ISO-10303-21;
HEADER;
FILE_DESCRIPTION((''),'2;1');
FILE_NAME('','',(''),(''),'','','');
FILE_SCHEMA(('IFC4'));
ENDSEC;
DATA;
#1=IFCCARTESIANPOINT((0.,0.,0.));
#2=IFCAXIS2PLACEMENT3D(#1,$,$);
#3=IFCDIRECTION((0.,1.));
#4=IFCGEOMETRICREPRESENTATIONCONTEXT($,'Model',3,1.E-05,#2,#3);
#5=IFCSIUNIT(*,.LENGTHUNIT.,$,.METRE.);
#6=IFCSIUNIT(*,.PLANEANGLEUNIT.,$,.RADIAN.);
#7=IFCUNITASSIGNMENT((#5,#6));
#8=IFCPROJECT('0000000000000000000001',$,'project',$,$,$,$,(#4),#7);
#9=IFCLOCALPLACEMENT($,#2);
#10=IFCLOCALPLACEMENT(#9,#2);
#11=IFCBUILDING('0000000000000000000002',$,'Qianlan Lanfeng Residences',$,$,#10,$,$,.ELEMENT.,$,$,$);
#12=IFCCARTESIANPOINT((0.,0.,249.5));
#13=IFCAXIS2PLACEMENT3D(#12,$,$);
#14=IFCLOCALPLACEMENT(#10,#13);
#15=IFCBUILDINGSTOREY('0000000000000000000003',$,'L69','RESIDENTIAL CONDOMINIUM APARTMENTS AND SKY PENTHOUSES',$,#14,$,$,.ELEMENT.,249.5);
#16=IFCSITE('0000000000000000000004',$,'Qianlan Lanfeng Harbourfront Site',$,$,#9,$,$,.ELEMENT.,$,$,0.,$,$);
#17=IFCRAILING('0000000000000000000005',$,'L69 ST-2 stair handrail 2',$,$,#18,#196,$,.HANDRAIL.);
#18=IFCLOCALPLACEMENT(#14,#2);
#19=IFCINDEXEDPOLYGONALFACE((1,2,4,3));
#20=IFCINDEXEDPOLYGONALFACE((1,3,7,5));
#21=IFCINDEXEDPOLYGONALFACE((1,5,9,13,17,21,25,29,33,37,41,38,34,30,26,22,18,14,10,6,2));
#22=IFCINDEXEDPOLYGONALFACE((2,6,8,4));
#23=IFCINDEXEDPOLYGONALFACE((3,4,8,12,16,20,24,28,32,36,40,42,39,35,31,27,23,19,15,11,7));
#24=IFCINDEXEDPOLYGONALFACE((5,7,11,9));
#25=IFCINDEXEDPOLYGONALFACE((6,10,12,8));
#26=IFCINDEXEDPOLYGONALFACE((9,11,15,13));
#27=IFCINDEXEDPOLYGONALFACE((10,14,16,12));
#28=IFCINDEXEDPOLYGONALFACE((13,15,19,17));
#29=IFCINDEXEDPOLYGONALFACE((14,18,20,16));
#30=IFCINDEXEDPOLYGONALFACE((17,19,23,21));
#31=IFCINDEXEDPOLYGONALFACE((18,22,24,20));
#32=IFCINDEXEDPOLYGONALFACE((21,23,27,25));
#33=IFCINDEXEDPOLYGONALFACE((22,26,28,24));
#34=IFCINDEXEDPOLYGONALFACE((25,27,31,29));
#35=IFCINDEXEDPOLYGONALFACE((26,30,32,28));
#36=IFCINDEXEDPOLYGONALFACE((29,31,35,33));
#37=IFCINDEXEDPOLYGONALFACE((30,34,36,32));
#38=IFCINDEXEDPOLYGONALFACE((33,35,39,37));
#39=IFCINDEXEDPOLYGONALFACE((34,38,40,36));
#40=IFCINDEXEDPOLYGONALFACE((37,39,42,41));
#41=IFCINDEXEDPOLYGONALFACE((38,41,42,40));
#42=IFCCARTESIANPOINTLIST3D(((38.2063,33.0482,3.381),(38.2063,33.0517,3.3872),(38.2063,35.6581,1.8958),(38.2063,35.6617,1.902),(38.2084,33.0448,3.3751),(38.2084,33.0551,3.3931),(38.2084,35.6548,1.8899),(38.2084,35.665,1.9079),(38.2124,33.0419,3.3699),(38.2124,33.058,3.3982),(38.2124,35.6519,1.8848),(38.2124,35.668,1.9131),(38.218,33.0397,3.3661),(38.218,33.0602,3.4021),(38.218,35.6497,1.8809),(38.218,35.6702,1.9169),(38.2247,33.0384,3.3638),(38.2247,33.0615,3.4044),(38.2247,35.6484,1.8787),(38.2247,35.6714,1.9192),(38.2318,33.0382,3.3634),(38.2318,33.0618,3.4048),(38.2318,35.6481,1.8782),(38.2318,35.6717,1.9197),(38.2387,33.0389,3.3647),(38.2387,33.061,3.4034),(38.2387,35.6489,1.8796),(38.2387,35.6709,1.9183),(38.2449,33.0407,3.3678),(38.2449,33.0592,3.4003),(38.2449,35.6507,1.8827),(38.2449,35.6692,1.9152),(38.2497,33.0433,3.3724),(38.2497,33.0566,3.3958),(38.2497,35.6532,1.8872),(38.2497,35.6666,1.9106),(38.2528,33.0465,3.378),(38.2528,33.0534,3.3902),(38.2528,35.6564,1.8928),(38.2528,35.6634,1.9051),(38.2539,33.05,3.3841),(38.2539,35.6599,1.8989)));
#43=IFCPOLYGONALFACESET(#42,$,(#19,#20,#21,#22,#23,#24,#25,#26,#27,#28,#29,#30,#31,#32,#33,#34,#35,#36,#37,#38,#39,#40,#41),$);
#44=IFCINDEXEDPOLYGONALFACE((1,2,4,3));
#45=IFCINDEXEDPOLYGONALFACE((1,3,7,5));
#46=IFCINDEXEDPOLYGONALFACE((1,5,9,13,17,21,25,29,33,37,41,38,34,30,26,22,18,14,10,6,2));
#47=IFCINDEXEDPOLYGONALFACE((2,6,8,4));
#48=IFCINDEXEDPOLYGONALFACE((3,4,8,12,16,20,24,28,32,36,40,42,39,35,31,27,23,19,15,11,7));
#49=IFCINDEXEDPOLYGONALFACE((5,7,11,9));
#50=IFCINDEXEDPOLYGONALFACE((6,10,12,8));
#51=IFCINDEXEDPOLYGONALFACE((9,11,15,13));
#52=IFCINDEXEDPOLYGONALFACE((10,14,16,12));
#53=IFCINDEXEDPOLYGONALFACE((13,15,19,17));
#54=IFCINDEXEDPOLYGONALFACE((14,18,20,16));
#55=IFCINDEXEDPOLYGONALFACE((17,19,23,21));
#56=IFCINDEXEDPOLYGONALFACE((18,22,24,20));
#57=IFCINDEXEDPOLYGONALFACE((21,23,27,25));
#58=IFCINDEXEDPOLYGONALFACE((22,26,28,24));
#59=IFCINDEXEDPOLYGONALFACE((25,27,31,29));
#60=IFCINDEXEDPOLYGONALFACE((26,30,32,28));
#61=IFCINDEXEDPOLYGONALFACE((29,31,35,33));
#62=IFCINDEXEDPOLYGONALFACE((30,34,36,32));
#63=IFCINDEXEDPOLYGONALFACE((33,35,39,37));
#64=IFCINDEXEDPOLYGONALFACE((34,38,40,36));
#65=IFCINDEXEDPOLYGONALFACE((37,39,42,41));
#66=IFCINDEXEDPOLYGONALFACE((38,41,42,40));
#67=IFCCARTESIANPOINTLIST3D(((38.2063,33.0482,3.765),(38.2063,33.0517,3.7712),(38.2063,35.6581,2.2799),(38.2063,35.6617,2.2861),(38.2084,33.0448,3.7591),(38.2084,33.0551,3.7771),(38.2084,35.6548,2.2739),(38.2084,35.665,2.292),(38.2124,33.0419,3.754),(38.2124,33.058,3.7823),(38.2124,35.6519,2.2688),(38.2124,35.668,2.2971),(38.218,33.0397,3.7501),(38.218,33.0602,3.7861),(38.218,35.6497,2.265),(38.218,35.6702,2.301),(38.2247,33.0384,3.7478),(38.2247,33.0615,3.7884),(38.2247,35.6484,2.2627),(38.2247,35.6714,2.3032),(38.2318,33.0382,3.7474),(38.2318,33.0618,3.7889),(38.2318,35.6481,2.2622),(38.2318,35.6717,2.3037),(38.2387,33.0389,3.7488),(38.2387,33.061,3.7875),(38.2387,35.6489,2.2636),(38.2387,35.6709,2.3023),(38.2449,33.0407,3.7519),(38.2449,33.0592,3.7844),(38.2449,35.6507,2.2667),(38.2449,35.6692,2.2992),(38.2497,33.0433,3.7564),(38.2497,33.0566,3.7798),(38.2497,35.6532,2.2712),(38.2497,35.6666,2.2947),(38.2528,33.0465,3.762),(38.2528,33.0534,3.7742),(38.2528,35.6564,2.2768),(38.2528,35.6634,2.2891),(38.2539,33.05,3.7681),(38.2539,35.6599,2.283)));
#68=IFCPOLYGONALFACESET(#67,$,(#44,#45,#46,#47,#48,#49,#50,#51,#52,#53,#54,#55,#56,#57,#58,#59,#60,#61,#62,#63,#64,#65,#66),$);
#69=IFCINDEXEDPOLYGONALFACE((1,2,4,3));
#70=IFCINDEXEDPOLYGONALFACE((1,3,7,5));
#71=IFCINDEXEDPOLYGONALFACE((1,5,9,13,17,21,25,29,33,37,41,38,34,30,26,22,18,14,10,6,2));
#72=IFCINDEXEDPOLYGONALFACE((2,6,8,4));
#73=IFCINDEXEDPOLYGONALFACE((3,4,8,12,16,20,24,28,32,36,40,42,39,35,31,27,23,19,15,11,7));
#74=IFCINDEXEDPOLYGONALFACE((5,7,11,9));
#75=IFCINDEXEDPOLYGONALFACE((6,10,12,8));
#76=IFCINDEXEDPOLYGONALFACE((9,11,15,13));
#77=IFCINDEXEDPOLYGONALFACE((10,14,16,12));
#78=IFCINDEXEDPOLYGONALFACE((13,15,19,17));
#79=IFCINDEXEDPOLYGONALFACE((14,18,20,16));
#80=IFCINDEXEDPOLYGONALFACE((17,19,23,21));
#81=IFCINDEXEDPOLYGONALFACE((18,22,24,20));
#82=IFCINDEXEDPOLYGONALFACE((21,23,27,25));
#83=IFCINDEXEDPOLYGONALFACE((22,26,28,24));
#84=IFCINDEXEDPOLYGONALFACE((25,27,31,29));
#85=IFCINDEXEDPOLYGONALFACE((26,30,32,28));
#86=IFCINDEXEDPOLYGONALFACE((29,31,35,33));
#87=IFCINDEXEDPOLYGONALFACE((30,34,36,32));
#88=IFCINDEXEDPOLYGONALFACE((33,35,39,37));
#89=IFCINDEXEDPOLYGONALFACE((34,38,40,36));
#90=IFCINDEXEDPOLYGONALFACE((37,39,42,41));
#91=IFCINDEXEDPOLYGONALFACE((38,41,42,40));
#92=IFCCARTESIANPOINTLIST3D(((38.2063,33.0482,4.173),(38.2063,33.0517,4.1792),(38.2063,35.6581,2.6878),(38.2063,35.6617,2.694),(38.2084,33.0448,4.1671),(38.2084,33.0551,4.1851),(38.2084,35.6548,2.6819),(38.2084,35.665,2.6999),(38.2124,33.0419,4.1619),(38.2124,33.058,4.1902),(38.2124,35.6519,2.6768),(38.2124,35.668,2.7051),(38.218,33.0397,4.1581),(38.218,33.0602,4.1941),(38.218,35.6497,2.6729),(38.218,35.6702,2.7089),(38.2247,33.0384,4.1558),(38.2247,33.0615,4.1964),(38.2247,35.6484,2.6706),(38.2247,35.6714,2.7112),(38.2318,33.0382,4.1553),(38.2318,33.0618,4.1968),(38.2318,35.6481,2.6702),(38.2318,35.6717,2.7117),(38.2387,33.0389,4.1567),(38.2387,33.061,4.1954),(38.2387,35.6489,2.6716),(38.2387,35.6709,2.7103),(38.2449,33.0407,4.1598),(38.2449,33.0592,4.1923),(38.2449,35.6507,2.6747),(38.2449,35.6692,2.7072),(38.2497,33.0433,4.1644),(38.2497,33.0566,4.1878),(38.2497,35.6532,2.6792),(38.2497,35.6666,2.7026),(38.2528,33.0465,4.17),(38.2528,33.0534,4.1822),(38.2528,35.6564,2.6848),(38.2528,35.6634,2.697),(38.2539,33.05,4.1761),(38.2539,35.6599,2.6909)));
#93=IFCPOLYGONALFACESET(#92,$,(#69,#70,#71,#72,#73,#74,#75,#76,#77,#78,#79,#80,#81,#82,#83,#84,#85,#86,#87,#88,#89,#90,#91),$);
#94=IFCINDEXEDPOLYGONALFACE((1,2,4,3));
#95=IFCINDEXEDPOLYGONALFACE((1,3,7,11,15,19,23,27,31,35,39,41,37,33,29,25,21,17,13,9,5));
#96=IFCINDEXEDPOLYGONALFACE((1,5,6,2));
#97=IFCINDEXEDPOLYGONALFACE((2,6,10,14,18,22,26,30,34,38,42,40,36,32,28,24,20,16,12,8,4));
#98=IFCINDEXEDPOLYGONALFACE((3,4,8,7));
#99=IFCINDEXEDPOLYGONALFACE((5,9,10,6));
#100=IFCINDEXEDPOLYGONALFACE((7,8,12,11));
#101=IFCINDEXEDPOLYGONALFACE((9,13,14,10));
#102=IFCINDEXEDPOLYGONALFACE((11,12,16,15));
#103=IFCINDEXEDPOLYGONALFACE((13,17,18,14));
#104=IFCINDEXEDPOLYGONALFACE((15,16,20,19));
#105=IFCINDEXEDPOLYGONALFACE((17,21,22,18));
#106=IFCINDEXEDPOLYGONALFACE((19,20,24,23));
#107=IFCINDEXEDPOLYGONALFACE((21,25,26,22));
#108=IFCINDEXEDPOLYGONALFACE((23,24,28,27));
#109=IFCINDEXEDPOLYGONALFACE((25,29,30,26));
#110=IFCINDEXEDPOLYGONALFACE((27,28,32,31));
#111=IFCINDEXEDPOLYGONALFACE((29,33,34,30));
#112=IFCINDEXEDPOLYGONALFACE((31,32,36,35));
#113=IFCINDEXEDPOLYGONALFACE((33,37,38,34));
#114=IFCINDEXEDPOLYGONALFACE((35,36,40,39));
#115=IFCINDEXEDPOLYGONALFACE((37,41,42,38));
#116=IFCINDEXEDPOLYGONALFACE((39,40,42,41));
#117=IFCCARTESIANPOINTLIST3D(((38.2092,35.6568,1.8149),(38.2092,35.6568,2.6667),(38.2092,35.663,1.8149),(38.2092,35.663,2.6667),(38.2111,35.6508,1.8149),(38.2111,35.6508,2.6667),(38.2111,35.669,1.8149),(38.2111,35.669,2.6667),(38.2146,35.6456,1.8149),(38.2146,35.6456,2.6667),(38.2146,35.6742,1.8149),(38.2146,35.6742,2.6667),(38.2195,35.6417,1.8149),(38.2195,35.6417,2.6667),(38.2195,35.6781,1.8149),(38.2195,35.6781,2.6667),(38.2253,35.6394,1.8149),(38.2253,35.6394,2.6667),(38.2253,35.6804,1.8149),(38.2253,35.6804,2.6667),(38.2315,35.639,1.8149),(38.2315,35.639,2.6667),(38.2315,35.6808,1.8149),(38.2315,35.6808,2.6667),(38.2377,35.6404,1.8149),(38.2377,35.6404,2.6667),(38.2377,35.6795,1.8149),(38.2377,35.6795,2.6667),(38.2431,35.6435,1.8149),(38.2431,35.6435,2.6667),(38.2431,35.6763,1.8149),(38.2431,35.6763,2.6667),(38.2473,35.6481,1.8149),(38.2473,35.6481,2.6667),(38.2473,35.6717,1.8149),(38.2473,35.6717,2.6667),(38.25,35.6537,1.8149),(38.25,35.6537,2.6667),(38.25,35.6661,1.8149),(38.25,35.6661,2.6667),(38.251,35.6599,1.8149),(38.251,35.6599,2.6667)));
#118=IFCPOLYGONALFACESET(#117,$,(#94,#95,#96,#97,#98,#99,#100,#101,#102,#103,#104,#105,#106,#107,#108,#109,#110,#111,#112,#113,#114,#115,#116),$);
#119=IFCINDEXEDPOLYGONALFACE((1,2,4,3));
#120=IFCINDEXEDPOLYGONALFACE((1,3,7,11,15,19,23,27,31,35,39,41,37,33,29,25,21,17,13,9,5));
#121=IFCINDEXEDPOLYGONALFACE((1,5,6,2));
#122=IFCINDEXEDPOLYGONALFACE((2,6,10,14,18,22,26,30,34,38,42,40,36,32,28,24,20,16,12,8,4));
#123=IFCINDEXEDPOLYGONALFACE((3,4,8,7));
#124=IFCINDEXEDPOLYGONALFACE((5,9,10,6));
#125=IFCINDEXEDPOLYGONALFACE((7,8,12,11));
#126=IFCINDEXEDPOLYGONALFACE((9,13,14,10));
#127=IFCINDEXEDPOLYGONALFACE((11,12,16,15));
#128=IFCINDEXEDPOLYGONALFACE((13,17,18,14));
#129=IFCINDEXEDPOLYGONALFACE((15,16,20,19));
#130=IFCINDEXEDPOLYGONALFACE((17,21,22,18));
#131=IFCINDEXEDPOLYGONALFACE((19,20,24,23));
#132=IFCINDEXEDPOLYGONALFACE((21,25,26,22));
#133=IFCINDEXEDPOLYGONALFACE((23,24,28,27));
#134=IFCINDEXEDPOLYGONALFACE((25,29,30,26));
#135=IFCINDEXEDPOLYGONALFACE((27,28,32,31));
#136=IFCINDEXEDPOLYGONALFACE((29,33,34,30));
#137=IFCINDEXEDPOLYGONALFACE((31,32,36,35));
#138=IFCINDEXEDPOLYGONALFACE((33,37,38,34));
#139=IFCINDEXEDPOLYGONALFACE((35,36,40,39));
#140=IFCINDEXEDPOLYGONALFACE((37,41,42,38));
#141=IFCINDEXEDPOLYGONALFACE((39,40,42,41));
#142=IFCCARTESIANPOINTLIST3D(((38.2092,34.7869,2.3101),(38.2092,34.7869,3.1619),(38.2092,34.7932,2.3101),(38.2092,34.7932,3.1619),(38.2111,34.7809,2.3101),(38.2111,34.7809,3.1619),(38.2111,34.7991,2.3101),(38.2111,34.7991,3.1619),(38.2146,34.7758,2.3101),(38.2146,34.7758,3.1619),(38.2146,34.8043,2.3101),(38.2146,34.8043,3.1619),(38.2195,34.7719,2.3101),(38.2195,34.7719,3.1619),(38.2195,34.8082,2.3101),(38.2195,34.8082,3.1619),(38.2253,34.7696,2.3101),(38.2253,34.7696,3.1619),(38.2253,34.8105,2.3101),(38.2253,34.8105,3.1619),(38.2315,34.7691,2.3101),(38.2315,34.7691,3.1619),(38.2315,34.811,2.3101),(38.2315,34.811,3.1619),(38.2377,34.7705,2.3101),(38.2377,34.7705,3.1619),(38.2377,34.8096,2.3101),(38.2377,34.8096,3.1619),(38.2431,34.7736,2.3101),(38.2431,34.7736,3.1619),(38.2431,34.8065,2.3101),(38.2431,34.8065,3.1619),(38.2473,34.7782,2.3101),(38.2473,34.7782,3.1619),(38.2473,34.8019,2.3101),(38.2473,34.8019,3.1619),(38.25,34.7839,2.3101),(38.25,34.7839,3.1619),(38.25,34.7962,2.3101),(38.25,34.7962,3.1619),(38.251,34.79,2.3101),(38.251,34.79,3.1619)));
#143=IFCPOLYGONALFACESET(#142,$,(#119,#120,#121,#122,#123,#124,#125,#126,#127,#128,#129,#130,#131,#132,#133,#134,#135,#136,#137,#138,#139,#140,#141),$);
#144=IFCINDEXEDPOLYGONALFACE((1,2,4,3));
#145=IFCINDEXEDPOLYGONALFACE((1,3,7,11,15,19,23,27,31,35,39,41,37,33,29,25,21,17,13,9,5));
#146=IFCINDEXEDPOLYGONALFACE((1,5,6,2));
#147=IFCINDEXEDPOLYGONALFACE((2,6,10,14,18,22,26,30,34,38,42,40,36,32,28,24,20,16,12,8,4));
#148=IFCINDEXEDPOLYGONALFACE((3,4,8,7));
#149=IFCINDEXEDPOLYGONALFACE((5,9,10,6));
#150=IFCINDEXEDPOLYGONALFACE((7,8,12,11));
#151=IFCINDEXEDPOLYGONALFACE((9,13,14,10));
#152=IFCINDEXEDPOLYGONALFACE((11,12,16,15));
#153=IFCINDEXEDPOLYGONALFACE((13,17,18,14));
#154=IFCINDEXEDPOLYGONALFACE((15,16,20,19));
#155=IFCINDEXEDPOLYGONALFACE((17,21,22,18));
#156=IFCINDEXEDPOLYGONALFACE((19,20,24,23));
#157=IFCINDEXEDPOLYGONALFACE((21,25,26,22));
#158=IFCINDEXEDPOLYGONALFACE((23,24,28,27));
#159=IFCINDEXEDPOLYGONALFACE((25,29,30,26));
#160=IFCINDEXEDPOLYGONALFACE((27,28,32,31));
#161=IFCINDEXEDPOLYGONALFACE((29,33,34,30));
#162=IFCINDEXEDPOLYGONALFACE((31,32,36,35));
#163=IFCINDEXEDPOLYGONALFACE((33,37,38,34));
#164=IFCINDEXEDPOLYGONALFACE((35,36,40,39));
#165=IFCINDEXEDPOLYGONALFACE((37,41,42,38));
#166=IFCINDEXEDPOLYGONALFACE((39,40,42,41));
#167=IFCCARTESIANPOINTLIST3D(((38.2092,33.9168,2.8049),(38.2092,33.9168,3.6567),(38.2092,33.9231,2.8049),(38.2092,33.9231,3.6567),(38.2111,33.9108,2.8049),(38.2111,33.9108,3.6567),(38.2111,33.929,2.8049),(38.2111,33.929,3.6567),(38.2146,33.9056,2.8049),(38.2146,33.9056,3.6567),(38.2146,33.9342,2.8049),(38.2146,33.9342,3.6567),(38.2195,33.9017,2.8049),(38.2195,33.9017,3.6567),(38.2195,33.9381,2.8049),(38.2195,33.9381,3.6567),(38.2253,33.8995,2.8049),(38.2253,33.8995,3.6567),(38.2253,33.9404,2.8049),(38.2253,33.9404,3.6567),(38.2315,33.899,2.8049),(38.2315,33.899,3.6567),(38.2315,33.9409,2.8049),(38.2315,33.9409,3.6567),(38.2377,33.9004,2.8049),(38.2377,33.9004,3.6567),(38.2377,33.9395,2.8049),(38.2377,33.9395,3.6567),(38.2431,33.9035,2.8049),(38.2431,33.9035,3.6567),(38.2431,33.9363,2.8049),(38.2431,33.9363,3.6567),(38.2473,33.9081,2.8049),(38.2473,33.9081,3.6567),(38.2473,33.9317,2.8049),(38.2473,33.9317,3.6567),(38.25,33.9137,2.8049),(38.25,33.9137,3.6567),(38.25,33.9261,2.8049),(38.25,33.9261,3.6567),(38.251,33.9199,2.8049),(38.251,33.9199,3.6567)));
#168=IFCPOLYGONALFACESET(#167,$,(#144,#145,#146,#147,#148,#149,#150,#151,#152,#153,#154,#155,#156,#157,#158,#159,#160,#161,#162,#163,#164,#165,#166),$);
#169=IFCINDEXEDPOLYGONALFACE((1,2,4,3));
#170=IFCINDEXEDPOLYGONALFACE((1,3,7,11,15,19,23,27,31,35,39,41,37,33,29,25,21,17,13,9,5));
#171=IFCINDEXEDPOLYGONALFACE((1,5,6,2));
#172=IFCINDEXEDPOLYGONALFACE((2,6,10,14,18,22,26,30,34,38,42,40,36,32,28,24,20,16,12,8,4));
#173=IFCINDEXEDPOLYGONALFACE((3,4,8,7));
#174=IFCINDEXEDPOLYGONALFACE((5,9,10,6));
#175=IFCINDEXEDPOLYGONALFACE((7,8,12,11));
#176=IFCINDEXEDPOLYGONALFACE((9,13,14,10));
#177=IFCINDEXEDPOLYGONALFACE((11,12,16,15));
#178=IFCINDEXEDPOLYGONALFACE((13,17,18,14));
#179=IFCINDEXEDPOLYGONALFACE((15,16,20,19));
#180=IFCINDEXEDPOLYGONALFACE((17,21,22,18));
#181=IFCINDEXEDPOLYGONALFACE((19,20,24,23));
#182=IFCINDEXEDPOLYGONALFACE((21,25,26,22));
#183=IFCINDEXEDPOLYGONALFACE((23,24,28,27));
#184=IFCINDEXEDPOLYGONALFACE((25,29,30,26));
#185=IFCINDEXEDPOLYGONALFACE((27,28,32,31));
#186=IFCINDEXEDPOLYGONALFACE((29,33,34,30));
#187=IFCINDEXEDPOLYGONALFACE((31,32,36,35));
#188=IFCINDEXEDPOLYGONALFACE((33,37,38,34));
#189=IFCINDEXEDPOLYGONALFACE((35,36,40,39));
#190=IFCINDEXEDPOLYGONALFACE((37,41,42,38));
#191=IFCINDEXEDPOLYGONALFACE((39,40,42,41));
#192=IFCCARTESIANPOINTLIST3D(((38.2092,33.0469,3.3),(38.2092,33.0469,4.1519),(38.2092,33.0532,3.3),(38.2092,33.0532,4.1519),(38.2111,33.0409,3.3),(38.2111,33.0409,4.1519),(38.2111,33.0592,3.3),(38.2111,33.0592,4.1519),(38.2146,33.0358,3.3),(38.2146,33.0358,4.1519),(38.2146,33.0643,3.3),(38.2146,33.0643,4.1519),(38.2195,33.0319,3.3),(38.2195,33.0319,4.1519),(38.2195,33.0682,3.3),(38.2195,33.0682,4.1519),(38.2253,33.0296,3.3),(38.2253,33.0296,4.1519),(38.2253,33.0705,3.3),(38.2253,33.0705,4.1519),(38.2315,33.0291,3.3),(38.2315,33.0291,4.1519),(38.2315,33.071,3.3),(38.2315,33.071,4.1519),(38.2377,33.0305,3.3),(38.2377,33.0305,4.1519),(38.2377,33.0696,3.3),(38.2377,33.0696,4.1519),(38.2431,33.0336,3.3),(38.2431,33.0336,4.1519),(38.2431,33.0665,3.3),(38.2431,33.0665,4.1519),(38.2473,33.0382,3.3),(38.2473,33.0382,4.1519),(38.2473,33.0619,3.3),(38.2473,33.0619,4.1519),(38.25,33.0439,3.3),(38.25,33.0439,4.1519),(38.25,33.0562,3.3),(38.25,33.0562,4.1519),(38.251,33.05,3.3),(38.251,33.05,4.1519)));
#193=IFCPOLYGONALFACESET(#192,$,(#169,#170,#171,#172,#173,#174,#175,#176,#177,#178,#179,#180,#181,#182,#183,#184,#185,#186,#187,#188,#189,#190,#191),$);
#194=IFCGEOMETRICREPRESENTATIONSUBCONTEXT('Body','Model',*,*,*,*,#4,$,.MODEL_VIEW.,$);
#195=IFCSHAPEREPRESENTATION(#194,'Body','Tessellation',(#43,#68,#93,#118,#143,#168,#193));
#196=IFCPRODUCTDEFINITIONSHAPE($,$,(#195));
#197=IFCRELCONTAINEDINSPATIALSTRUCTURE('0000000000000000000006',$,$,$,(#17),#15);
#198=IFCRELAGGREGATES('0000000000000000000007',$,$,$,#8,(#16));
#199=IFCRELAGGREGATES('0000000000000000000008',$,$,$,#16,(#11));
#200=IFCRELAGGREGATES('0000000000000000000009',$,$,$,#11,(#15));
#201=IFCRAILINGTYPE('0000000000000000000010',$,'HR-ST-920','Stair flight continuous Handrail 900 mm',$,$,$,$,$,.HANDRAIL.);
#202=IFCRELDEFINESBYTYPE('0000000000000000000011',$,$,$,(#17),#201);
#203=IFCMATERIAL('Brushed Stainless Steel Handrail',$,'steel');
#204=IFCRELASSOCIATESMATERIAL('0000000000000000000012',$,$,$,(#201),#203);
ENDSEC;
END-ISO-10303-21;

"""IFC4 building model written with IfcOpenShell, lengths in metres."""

from ifc_helpers import new_model, si_unit, direction, frame, origin, origin_2d, place, context, subcontext, project, spatial, circle, extrude, material, type_object, element, save


model = new_model("IFC4")

# Units and contexts
model_context = context("Model", 3, precision=1e-05, world=origin(), true_north=direction((0.0, 1.0)))
body_context = subcontext(model_context, "Body", "Model", "MODEL_VIEW")
ifc_project = project(units=[si_unit("LENGTHUNIT", "METRE"), si_unit("PLANEANGLEUNIT", "RADIAN")], contexts=[model_context])

# Site, building, storey
site_placement = place(None, origin())
site = spatial("IfcSite", under=ifc_project, at=site_placement, Name="Qianlan Lanfeng Harbourfront Site", CompositionType="ELEMENT", RefElevation=0.0)
building_placement = place(site_placement, origin())
building = spatial("IfcBuilding", under=site, at=building_placement, Name="Qianlan Lanfeng Residences", CompositionType="ELEMENT")
storey_placement = place(building_placement, frame((0.0, 0.0, 249.5)))
storey = spatial("IfcBuildingStorey", under=building, at=storey_placement, Name="L69", Description="RESIDENTIAL CONDOMINIUM APARTMENTS AND SKY PENTHOUSES", CompositionType="ELEMENT", Elevation=249.5)

# Railing
ifc_material_1 = material(Name="Brushed Stainless Steel Handrail", Category="steel")
railing_type_1 = type_object("IfcRailingType", Name="HR-ST-920", Description="Stair flight continuous Handrail 900 mm", PredefinedType="HANDRAIL", material=ifc_material_1)
railing_1_placement = place(storey_placement, frame((38.23, 35.6599, 1.8149)))
element("IfcRailing", 1, at=railing_1_placement, inside=storey, type_object=railing_type_1, Name="L69 ST-2 stair handrail 2", PredefinedType="HANDRAIL", context=body_context, shape_type="SweptSolid", body=[
    extrude(circle(Radius=0.0239, at=origin_2d()), frame((0.0, 0.0, 0.084), z_axis=(0.0, -0.869137, 0.494571), x_axis=(1.0, 0.0, 0.0)), (0.0, 0.0, 1.0), 3.0029),
    extrude(circle(Radius=0.0239, at=origin_2d()), frame((0.0, 0.0, 0.468), z_axis=(0.0, -0.869137, 0.494571), x_axis=(1.0, 0.0, 0.0)), (0.0, 0.0, 1.0), 3.0029),
    extrude(circle(Radius=0.0239, at=origin_2d()), frame((0.0, 0.0, 0.876), z_axis=(0.0, -0.869137, 0.494571), x_axis=(1.0, 0.0, 0.0)), (0.0, 0.0, 1.0), 3.0029),
    extrude(circle(Radius=0.021, at=origin_2d()), origin(), (0.0, 0.0, 1.0), 0.8518),
    extrude(circle(Radius=0.021, at=origin_2d()), frame((0.0, -0.8699, 0.4951)), (0.0, 0.0, 1.0), 0.8518),
    extrude(circle(Radius=0.021, at=origin_2d()), frame((0.0, -1.74, 0.99)), (0.0, 0.0, 1.0), 0.8518),
    extrude(circle(Radius=0.021, at=origin_2d()), frame((0.0, -2.6099, 1.4851)), (0.0, 0.0, 1.0), 0.8518),
])

save(model, "model.ifc")
